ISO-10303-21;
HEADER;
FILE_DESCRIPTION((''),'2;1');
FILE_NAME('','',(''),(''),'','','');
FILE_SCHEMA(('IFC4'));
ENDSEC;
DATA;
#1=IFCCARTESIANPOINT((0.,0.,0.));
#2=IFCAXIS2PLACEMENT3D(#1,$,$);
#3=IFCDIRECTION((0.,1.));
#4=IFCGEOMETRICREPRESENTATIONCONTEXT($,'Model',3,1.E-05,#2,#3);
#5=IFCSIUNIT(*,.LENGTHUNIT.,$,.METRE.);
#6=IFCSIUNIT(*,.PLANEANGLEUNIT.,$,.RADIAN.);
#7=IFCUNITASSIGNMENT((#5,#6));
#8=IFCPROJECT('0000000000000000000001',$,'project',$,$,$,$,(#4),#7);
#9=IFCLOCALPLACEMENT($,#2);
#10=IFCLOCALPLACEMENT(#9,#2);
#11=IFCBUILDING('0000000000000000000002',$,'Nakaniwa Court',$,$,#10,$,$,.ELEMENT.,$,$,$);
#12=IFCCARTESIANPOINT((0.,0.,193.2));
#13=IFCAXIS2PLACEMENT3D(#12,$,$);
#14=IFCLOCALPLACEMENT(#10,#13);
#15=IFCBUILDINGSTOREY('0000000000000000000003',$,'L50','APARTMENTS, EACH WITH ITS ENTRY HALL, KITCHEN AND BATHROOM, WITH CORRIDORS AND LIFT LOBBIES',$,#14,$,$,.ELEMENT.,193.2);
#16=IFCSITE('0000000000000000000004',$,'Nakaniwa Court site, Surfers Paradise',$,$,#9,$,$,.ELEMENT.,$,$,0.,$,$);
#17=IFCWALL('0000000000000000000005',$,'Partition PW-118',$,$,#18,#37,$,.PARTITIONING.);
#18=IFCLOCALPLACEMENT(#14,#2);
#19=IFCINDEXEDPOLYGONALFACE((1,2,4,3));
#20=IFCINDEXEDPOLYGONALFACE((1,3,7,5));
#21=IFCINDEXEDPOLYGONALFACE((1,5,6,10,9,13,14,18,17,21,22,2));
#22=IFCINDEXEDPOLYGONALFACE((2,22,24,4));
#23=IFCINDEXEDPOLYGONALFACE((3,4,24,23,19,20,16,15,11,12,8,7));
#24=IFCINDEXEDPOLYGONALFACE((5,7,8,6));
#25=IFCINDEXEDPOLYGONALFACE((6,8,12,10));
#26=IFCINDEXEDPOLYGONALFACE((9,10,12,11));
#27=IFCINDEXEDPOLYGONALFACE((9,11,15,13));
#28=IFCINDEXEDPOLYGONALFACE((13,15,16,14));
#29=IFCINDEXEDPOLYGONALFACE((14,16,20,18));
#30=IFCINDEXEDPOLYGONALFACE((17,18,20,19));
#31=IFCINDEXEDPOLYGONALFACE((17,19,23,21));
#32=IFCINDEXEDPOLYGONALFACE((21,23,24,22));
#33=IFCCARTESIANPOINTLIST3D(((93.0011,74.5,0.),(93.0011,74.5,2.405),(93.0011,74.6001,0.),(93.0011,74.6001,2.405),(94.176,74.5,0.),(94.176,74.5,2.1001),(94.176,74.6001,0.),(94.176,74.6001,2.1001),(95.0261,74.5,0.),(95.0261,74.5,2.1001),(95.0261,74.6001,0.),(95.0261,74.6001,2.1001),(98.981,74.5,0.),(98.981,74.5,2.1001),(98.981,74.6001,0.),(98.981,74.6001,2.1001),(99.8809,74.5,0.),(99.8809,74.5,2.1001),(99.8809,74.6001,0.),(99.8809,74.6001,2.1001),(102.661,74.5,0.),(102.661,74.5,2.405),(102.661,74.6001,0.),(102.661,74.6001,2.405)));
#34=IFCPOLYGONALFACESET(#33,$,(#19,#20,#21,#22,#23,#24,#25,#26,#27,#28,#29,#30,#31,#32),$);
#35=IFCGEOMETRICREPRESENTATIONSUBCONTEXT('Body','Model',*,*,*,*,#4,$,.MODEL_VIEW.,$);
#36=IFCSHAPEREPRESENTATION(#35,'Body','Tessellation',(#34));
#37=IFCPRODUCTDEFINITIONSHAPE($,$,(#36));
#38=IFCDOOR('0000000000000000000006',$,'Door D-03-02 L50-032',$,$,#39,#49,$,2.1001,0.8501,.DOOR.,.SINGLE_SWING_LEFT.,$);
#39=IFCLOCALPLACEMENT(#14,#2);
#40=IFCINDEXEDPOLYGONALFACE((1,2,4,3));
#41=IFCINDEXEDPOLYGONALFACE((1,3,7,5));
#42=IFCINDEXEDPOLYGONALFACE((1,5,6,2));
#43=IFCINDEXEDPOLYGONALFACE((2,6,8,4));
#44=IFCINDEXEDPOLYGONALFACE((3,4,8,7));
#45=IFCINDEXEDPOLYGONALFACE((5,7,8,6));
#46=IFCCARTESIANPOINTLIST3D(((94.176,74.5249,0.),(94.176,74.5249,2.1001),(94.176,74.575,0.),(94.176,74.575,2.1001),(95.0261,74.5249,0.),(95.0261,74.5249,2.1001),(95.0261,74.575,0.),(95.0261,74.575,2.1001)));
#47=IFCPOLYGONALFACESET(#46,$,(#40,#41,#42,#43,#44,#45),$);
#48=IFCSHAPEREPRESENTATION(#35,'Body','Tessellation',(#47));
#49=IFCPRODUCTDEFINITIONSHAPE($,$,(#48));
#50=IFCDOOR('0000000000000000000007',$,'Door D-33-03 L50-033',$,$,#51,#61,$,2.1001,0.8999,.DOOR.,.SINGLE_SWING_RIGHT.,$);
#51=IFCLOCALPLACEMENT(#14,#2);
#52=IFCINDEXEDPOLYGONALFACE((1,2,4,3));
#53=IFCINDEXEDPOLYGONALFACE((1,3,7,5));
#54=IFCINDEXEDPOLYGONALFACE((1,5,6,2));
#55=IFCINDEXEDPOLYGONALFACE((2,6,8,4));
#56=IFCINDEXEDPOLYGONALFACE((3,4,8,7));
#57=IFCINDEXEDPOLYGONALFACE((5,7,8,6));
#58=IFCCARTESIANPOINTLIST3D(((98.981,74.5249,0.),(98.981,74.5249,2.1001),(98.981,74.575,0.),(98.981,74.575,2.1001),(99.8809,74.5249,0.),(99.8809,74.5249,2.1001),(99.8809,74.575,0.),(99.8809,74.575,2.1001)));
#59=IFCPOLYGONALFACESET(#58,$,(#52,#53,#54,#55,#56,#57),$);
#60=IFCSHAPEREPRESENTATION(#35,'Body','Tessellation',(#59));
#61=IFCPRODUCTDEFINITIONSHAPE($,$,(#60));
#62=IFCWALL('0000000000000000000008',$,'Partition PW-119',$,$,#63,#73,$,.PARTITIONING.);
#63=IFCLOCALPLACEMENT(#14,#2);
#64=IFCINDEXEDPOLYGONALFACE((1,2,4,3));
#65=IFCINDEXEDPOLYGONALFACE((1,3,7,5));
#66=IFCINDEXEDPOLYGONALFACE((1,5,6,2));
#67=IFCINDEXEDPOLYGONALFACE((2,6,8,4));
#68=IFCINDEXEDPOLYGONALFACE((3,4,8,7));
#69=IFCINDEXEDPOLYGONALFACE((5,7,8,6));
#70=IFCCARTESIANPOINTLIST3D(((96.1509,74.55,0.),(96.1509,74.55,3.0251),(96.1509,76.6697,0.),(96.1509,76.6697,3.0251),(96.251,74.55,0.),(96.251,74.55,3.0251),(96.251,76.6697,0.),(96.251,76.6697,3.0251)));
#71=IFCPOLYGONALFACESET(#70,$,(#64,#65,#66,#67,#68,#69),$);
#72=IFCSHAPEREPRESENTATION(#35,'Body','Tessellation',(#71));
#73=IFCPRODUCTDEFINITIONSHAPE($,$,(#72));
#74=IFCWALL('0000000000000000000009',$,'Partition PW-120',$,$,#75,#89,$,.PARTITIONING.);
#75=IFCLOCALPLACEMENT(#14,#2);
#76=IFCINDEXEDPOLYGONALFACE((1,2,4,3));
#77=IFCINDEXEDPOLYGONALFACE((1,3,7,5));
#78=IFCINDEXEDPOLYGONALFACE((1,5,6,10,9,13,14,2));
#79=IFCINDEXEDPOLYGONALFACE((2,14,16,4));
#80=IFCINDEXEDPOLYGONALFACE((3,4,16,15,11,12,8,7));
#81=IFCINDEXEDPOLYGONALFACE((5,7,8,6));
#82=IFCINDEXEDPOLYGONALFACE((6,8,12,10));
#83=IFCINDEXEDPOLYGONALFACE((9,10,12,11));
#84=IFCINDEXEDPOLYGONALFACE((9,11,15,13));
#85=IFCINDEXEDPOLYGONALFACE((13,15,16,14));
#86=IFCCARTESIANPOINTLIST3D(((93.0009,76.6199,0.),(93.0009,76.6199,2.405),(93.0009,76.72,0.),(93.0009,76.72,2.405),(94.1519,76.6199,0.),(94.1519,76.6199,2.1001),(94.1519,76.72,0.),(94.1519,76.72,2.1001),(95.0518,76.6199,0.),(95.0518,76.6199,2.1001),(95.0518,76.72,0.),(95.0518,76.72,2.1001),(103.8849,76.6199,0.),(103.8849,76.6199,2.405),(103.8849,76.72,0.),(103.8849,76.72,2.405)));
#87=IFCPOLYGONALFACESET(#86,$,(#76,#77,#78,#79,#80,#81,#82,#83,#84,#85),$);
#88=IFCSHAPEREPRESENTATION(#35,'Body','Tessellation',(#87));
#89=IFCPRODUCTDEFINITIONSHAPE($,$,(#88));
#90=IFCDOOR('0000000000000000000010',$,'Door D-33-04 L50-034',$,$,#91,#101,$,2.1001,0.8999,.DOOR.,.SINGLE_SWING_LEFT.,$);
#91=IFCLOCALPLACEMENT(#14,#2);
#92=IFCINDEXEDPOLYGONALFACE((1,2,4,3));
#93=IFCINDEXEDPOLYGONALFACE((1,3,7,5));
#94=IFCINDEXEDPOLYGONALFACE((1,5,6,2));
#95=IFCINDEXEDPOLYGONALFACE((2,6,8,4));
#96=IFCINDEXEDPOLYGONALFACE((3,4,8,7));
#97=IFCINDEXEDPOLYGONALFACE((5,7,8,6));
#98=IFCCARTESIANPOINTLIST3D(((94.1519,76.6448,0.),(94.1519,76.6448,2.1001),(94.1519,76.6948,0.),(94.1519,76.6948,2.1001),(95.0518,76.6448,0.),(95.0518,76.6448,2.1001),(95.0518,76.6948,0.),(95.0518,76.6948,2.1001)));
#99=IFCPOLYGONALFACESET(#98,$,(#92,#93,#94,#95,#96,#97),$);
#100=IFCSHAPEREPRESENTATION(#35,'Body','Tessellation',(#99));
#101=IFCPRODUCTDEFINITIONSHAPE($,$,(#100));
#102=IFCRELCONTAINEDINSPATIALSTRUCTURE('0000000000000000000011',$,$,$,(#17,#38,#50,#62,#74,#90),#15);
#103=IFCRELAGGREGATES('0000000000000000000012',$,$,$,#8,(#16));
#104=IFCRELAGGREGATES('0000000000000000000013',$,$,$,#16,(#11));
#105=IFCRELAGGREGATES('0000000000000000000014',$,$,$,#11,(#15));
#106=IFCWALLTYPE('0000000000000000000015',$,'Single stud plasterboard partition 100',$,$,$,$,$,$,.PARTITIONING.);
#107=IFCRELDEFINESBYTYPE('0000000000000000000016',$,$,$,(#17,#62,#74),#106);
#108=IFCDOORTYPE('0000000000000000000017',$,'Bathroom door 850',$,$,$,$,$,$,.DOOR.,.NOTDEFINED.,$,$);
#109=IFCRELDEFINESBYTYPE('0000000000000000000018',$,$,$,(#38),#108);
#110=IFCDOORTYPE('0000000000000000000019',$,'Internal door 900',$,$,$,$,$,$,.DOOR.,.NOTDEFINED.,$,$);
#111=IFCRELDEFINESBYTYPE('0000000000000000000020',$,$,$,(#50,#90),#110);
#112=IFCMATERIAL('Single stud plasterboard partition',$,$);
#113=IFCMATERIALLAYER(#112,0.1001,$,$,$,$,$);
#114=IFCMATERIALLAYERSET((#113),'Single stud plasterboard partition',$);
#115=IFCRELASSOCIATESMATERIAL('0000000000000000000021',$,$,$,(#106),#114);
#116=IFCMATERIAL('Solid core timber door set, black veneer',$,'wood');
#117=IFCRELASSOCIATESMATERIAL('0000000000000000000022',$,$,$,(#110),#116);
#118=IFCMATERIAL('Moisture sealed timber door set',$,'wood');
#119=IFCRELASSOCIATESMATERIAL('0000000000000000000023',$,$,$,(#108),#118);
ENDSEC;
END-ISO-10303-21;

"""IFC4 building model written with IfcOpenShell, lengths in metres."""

from ifc_helpers import new_model, si_unit, direction, frame, frame_2d, origin, place, context, subcontext, project, spatial, rectangle, extrude, material, layer, layer_set, type_object, element, fill, save


model = new_model("IFC4")

# Units and contexts
model_context = context("Model", 3, precision=1e-05, world=origin(), true_north=direction((0.0, 1.0)))
body_context = subcontext(model_context, "Body", "Model", "MODEL_VIEW")
ifc_project = project(units=[si_unit("LENGTHUNIT", "METRE"), si_unit("PLANEANGLEUNIT", "RADIAN")], contexts=[model_context])

# Site, building, storey
site_placement = place(None, origin())
site = spatial("IfcSite", under=ifc_project, at=site_placement, Name="Nakaniwa Court site, Surfers Paradise", CompositionType="ELEMENT", RefElevation=0.0)
building_placement = place(site_placement, origin())
building = spatial("IfcBuilding", under=site, at=building_placement, Name="Nakaniwa Court", CompositionType="ELEMENT")
storey_placement = place(building_placement, frame((0.0, 0.0, 193.2)))
storey = spatial("IfcBuildingStorey", under=building, at=storey_placement, Name="L50", Description="APARTMENTS, EACH WITH ITS ENTRY HALL, KITCHEN AND BATHROOM, WITH CORRIDORS AND LIFT LOBBIES", CompositionType="ELEMENT", Elevation=193.2)

# Shared definitions
ifc_material_1 = material(Name="Solid core timber door set, black veneer", Category="wood")

# Shared definitions
ifc_material_2 = material(Name="Single stud plasterboard partition")
ifc_layer_1 = layer(ifc_material_2, 0.1001)
ifc_layer_set_1 = layer_set([ifc_layer_1], Name="Single stud plasterboard partition")
wall_type_1 = type_object("IfcWallType", Name="Single stud plasterboard partition 100", PredefinedType="PARTITIONING", material=ifc_layer_set_1)
door_type_1 = type_object("IfcDoorType", Name="Internal door 900", OperationType="NOTDEFINED", PredefinedType="DOOR", material=ifc_material_1)

# Wall, openings, doors
wall_1_placement = place(storey_placement, frame((93.001, 74.55, 0.0), z_axis=(0.0, 0.0, 1.0), x_axis=(1.0, 0.0, 0.0)))
wall_1 = element("IfcWall", 1, at=wall_1_placement, inside=storey, type_object=wall_type_1, Name="Partition PW-118", PredefinedType="PARTITIONING", context=body_context, shape_type="SweptSolid", body=[
    extrude(rectangle(XDim=9.6599, YDim=0.1001, at=frame_2d((4.8301, 0.0))), origin(), (0.0, 0.0, 1.0), 2.405),
])
opening_1_placement = place(wall_1_placement, frame((1.175, 0.0, 0.0)))
opening_1 = element("IfcOpeningElement", 2, at=opening_1_placement, cuts=wall_1, PredefinedType="OPENING", context=body_context, shape_type="SweptSolid", body=[
    extrude(rectangle(XDim=0.8501, YDim=2.1001, at=frame_2d((0.425, 1.05))), frame((0.0, 0.0601, 0.0), z_axis=(0.0, -1.0, 0.0), x_axis=(1.0, 0.0, 0.0)), (0.0, 0.0, 1.0), 0.1201),
])
opening_2_placement = place(wall_1_placement, frame((5.98, 0.0, 0.0)))
opening_2 = element("IfcOpeningElement", 3, at=opening_2_placement, cuts=wall_1, PredefinedType="OPENING", context=body_context, shape_type="SweptSolid", body=[
    extrude(rectangle(XDim=0.8999, YDim=2.1001, at=frame_2d((0.45, 1.05))), frame((0.0, 0.0601, 0.0), z_axis=(0.0, -1.0, 0.0), x_axis=(1.0, 0.0, 0.0)), (0.0, 0.0, 1.0), 0.1201),
])
ifc_material_3 = material(Name="Moisture sealed timber door set", Category="wood")
door_type_2 = type_object("IfcDoorType", Name="Bathroom door 850", OperationType="NOTDEFINED", PredefinedType="DOOR", material=ifc_material_3)
door_1_placement = place(opening_1_placement, origin())
door_1 = element("IfcDoor", 4, at=door_1_placement, inside=storey, type_object=door_type_2, Name="Door D-03-02 L50-032", OperationType="SINGLE_SWING_LEFT", OverallHeight=2.1001, OverallWidth=0.8501, PredefinedType="DOOR", context=body_context, shape_type="SweptSolid", body=[
    extrude(rectangle(XDim=0.8501, YDim=2.1001, at=frame_2d((0.425, 1.05))), frame((0.0, 0.0249, 0.0), z_axis=(0.0, -1.0, 0.0), x_axis=(1.0, 0.0, 0.0)), (0.0, 0.0, 1.0), 0.05),
])
fill(opening_1, door_1)
door_2_placement = place(opening_2_placement, origin())
door_2 = element("IfcDoor", 5, at=door_2_placement, inside=storey, type_object=door_type_1, Name="Door D-33-03 L50-033", OperationType="SINGLE_SWING_RIGHT", OverallHeight=2.1001, OverallWidth=0.8999, PredefinedType="DOOR", context=body_context, shape_type="SweptSolid", body=[
    extrude(rectangle(XDim=0.8999, YDim=2.1001, at=frame_2d((0.45, 1.05))), frame((0.0, 0.0249, 0.0), z_axis=(0.0, -1.0, 0.0), x_axis=(1.0, 0.0, 0.0)), (0.0, 0.0, 1.0), 0.05),
])
fill(opening_2, door_2)

# Wall
wall_2_placement = place(storey_placement, frame((96.2009, 74.55, 0.0), z_axis=(0.0, 0.0, 1.0), x_axis=(0.0, 1.0, 0.0)))
element("IfcWall", 6, at=wall_2_placement, inside=storey, type_object=wall_type_1, Name="Partition PW-119", PredefinedType="PARTITIONING", context=body_context, shape_type="SweptSolid", body=[
    extrude(rectangle(XDim=2.1196, YDim=0.1001, at=frame_2d((1.0598, 0.0))), origin(), (0.0, 0.0, 1.0), 3.0251),
])

# Wall, opening, door
wall_3_placement = place(storey_placement, frame((93.001, 76.6699, 0.0), z_axis=(0.0, 0.0, 1.0), x_axis=(1.0, 0.0, 0.0)))
wall_3 = element("IfcWall", 7, at=wall_3_placement, inside=storey, type_object=wall_type_1, Name="Partition PW-120", PredefinedType="PARTITIONING", context=body_context, shape_type="SweptSolid", body=[
    extrude(rectangle(XDim=10.884, YDim=0.1001, at=frame_2d((5.4419, 0.0))), origin(), (0.0, 0.0, 1.0), 2.405),
])
opening_3_placement = place(wall_3_placement, frame((1.1509, 0.0, 0.0)))
opening_3 = element("IfcOpeningElement", 8, at=opening_3_placement, cuts=wall_3, PredefinedType="OPENING", context=body_context, shape_type="SweptSolid", body=[
    extrude(rectangle(XDim=0.8999, YDim=2.1001, at=frame_2d((0.45, 1.05))), frame((0.0, 0.0601, 0.0), z_axis=(0.0, -1.0, 0.0), x_axis=(1.0, 0.0, 0.0)), (0.0, 0.0, 1.0), 0.1201),
])
door_3_placement = place(opening_3_placement, origin())
door_3 = element("IfcDoor", 9, at=door_3_placement, inside=storey, type_object=door_type_1, Name="Door D-33-04 L50-034", OperationType="SINGLE_SWING_LEFT", OverallHeight=2.1001, OverallWidth=0.8999, PredefinedType="DOOR", context=body_context, shape_type="SweptSolid", body=[
    extrude(rectangle(XDim=0.8999, YDim=2.1001, at=frame_2d((0.45, 1.05))), frame((0.0, 0.0249, 0.0), z_axis=(0.0, -1.0, 0.0), x_axis=(1.0, 0.0, 0.0)), (0.0, 0.0, 1.0), 0.05),
])
fill(opening_3, door_3)

save(model, "model.ifc")
